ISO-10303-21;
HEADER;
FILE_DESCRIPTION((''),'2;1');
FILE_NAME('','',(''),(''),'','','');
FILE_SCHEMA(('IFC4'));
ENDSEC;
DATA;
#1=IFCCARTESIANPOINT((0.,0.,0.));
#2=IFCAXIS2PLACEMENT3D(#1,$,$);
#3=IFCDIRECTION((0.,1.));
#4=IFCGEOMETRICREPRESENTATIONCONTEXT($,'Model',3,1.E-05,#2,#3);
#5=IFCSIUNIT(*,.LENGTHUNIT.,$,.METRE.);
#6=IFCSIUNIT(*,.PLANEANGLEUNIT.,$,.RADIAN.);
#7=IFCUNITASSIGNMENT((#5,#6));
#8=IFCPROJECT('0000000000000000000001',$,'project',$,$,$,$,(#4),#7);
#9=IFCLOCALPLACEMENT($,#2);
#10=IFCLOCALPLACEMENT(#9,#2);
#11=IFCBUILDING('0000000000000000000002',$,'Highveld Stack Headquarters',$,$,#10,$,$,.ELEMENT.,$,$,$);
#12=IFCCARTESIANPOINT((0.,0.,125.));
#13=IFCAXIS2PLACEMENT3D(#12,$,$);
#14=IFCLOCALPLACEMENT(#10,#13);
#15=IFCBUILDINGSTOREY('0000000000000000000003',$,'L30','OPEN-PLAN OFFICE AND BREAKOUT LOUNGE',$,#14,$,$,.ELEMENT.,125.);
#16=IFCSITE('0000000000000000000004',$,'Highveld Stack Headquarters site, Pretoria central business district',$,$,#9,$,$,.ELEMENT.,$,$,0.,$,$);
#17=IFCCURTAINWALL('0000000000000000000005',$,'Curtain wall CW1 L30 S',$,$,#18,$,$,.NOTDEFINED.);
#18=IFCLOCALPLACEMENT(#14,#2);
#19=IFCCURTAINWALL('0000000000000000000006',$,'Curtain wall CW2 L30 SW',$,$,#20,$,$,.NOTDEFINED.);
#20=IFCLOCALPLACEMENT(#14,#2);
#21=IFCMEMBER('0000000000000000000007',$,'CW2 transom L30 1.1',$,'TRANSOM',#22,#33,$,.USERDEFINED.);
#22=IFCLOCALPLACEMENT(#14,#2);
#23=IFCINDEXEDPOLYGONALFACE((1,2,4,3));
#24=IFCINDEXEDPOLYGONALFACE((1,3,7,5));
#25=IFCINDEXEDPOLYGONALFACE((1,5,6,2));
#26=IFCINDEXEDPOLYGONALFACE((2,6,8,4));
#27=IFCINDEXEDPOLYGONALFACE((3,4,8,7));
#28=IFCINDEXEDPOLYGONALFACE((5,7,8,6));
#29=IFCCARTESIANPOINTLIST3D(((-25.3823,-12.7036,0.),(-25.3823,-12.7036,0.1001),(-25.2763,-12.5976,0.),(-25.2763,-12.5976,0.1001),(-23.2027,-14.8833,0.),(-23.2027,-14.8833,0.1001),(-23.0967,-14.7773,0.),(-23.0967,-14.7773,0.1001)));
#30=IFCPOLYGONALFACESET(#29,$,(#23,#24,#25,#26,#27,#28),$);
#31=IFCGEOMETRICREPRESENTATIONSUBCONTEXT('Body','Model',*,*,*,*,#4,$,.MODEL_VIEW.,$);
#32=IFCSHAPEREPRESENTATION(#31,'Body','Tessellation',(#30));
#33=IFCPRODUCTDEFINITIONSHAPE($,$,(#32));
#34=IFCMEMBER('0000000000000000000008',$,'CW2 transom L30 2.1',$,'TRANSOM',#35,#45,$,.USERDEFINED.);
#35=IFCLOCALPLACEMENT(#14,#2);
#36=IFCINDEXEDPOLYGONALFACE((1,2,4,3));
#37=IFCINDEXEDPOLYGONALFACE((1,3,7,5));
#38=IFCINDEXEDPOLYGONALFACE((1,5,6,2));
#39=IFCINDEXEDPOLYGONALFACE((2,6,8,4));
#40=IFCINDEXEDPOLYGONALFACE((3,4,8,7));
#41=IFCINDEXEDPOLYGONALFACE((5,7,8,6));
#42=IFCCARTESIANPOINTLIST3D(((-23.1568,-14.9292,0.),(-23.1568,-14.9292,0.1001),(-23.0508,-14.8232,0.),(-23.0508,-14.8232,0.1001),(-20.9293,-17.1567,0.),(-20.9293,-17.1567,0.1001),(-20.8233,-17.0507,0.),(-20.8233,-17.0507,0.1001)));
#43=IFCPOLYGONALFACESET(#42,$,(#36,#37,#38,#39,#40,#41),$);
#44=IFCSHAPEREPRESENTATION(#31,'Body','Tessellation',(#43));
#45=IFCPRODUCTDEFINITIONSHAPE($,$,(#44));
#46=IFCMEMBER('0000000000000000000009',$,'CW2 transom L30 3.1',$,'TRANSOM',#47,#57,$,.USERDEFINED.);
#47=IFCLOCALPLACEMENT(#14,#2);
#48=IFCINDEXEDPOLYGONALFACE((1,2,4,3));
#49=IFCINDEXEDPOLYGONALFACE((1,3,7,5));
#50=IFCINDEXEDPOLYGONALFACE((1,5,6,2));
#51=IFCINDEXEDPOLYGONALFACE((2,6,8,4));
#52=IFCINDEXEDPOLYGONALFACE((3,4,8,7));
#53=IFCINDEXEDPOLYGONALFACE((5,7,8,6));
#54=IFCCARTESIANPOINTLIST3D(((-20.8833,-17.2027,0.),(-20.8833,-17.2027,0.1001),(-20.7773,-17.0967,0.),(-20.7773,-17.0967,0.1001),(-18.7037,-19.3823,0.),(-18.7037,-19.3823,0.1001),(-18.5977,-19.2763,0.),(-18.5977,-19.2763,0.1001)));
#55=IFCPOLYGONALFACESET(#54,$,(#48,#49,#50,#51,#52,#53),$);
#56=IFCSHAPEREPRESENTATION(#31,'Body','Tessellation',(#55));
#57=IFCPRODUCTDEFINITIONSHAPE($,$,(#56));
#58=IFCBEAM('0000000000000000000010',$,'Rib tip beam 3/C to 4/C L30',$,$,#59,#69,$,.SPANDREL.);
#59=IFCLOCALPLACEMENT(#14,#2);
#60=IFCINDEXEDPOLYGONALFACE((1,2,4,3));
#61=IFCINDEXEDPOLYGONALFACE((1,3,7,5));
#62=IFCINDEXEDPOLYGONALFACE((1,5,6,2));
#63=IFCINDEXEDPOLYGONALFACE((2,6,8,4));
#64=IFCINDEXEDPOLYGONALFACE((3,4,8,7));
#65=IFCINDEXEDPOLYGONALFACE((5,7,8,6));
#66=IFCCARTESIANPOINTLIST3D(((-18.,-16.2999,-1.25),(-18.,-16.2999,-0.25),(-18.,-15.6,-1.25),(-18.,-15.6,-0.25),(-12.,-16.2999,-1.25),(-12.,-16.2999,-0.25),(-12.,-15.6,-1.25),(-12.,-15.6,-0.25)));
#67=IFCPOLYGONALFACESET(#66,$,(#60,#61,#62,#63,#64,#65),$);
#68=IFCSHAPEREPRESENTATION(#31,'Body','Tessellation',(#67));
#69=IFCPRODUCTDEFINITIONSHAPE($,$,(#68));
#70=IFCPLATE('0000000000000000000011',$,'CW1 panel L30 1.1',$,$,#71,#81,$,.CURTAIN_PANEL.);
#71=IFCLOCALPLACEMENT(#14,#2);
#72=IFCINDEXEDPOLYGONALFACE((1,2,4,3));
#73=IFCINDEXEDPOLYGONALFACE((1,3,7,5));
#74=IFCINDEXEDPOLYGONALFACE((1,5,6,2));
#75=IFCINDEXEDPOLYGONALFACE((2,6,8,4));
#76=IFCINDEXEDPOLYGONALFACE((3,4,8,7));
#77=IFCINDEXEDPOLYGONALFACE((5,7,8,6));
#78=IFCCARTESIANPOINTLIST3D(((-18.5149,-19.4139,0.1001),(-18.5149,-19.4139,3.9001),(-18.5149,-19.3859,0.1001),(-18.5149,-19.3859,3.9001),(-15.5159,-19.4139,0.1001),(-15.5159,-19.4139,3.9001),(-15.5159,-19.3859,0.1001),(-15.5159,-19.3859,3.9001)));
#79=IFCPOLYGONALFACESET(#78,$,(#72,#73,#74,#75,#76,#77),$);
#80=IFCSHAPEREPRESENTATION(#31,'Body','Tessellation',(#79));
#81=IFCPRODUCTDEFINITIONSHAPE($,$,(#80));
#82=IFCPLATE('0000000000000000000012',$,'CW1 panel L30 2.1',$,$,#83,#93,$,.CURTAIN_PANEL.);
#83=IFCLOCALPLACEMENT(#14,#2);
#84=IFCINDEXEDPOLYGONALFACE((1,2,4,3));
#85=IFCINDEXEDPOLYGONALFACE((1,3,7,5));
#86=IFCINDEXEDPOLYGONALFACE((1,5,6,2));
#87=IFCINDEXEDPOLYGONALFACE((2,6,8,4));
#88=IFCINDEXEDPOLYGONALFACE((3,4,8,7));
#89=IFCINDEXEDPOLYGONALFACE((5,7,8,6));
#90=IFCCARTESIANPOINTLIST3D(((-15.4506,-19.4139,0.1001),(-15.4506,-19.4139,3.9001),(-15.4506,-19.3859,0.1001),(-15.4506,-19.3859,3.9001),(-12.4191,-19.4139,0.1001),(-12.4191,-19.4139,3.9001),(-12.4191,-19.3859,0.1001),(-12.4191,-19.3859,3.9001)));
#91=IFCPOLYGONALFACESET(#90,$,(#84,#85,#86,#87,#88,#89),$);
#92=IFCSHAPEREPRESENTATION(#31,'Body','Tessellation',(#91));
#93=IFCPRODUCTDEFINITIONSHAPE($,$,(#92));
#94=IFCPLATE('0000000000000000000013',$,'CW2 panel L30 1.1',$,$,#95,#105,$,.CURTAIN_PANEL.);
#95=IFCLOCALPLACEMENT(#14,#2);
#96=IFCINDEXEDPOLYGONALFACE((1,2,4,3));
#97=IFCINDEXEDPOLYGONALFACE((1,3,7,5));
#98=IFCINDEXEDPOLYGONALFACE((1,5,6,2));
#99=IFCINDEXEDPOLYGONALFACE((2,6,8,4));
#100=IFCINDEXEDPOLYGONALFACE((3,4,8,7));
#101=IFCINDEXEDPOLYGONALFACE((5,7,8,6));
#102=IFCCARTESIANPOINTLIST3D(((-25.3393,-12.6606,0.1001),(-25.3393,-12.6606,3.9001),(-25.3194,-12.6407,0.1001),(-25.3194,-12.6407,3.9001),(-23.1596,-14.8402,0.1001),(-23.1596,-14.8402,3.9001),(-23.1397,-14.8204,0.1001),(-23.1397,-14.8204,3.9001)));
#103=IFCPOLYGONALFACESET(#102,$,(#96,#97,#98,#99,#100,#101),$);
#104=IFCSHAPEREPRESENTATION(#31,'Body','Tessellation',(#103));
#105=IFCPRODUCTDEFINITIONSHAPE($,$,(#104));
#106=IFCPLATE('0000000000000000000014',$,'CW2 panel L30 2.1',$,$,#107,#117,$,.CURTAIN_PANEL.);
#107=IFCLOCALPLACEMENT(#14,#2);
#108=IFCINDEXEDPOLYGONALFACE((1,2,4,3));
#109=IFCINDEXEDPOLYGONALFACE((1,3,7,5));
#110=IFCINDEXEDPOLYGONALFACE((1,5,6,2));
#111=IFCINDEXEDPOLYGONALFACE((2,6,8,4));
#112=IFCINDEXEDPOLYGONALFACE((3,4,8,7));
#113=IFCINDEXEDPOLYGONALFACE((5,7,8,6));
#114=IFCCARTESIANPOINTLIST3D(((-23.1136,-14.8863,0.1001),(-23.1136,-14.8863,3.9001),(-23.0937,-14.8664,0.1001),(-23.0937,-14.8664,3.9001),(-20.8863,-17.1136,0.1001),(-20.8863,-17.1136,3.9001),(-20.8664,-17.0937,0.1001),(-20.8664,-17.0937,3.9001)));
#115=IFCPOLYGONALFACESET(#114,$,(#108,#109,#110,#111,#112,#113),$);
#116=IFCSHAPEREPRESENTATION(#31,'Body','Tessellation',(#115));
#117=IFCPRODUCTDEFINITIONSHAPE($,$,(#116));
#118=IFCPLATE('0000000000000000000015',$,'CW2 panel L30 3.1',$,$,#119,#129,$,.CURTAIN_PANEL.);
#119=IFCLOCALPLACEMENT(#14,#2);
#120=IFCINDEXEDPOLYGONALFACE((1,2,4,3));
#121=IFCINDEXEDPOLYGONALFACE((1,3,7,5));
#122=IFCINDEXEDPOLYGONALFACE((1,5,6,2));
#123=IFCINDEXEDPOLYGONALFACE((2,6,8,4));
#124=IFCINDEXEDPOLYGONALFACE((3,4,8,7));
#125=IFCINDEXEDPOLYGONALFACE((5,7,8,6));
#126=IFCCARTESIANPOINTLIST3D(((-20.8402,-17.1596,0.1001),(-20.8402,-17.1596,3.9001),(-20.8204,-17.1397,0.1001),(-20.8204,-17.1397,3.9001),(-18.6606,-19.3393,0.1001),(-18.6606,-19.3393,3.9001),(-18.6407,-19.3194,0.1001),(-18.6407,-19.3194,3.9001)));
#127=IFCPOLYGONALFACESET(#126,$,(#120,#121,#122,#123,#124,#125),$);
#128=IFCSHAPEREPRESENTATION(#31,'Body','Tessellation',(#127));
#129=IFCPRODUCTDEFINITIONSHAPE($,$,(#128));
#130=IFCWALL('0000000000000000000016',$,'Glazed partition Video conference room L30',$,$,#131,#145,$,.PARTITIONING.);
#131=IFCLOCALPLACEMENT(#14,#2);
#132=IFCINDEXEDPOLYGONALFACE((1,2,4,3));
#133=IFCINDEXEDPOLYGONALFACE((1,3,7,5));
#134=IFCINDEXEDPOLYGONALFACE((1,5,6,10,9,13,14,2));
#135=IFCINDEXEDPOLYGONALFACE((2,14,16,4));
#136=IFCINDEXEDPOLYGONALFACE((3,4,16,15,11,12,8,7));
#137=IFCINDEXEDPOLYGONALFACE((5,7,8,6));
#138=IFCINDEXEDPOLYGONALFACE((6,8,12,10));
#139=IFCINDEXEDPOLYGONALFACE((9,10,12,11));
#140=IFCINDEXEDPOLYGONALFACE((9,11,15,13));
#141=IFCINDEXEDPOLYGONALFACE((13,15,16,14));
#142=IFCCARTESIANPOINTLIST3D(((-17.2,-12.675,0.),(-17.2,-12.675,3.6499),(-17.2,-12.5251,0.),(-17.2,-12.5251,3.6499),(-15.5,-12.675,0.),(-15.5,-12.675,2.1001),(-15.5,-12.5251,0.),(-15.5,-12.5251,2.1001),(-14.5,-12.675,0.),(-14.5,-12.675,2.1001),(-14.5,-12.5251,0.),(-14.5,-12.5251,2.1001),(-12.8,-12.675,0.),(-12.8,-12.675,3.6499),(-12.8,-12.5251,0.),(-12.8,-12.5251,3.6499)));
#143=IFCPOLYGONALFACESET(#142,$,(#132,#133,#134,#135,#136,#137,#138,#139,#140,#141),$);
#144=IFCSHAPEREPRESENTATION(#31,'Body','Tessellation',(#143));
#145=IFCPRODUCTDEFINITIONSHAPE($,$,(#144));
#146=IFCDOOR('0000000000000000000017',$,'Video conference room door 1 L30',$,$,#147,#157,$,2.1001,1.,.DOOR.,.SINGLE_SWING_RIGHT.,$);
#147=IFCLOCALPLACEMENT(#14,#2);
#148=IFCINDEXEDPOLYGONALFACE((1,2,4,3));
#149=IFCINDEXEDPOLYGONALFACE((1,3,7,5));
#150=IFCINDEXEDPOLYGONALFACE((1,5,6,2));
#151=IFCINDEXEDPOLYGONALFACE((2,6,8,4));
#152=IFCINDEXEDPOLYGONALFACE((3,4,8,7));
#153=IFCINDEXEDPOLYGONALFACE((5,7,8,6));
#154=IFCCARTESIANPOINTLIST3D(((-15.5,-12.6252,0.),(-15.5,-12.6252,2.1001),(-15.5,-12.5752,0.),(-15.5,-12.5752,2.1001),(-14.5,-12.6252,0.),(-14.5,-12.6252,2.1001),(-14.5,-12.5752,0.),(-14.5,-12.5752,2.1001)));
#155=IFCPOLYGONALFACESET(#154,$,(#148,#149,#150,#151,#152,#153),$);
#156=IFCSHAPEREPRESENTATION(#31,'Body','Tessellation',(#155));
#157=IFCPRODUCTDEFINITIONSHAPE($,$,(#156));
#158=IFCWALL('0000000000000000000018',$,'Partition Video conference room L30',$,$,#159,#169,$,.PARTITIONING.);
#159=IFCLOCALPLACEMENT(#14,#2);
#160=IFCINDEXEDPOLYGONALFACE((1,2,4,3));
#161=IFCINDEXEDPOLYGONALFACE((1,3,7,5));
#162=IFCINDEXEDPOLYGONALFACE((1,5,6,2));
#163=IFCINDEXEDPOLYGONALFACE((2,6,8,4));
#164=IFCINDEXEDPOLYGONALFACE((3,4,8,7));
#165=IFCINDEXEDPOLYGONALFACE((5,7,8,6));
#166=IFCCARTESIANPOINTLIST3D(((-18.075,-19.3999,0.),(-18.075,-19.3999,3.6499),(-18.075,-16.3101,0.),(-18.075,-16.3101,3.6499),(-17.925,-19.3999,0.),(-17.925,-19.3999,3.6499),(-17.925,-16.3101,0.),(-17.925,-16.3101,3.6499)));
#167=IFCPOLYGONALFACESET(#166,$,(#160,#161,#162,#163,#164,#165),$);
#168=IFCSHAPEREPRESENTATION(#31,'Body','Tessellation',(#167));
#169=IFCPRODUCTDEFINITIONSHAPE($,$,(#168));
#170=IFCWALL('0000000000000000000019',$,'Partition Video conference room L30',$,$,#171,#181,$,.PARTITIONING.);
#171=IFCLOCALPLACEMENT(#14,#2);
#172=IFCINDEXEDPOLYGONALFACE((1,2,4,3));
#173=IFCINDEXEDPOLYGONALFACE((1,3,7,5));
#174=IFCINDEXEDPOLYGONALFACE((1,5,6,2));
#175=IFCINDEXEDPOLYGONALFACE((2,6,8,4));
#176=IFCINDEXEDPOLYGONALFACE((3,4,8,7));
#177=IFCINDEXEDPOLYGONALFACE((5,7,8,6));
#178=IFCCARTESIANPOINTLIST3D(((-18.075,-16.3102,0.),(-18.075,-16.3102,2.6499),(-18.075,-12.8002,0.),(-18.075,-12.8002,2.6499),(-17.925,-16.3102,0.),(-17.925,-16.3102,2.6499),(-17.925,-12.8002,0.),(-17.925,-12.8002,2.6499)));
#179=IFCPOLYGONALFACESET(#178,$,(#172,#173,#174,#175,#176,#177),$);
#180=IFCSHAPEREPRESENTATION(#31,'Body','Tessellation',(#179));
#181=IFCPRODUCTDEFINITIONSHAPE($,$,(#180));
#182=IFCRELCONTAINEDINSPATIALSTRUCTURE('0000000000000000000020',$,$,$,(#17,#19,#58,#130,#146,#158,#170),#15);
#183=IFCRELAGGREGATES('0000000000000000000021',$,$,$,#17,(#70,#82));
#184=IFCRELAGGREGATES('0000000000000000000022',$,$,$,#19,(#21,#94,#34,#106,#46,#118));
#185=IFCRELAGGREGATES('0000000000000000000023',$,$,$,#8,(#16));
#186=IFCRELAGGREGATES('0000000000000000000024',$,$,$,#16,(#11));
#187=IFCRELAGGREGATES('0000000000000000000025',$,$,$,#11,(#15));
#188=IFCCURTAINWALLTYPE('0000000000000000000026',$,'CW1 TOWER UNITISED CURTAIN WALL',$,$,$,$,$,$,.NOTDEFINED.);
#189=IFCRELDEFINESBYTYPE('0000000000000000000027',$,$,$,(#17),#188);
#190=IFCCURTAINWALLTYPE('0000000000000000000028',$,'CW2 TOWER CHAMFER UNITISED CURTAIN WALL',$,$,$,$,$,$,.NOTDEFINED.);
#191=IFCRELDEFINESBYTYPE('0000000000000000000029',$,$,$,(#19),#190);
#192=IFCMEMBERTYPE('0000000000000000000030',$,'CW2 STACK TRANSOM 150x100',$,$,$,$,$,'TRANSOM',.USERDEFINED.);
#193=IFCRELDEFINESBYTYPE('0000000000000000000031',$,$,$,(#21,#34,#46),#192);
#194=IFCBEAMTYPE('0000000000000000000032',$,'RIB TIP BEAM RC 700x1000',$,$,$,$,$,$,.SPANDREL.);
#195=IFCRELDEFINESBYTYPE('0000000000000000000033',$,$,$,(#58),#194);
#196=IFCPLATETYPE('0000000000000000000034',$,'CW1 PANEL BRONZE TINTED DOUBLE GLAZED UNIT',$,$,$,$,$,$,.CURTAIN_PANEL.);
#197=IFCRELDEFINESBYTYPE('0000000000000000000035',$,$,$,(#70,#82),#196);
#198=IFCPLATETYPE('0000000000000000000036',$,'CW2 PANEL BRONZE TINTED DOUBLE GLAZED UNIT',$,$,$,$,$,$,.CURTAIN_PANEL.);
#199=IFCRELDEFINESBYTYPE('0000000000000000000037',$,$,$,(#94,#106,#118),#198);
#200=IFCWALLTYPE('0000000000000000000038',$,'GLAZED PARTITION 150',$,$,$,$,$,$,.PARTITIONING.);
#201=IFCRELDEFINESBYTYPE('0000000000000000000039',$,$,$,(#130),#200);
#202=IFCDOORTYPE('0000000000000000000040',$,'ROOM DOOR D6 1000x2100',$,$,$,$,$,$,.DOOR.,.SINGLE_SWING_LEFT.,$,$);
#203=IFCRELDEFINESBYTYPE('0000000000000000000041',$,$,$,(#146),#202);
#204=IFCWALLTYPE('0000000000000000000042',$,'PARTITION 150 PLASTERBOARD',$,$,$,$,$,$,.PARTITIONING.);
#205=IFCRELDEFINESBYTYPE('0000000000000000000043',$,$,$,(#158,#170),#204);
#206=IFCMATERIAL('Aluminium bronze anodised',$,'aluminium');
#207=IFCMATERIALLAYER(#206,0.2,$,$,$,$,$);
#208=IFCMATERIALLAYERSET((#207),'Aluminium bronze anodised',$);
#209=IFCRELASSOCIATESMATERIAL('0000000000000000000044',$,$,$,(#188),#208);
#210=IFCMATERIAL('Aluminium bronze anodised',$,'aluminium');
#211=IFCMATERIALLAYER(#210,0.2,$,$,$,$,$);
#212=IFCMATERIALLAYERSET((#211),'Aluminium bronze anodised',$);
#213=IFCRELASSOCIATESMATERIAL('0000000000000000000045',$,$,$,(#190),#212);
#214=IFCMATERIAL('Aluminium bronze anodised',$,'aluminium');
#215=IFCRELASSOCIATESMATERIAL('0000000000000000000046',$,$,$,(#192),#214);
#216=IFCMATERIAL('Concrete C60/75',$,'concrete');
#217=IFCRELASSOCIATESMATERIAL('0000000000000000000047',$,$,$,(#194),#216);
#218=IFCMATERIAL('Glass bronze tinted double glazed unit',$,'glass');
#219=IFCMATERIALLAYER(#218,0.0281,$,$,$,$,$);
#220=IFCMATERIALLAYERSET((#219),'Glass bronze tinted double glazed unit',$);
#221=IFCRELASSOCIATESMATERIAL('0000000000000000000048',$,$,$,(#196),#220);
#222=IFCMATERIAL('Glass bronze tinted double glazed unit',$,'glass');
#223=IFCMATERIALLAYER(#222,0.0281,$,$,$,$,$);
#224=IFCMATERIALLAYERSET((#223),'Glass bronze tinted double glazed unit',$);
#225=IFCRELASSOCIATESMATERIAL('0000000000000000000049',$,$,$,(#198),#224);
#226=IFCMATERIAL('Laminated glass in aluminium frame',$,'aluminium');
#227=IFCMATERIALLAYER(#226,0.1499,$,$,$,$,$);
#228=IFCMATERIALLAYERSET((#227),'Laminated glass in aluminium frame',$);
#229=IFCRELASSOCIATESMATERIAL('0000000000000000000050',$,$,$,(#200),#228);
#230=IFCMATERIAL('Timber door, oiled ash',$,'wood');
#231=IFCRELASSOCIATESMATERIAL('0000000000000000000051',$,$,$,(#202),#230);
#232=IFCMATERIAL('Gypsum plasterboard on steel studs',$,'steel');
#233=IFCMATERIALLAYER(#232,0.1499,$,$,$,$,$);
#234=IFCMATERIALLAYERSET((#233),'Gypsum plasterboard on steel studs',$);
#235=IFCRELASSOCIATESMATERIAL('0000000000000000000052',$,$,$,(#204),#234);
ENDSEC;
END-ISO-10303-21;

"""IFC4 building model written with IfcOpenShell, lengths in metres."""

from ifc_helpers import new_model, si_unit, direction, frame, frame_2d, origin, origin_2d, place, context, subcontext, project, spatial, rectangle, extrude, material, layer, layer_set, material_profile, profile_set, type_object, element, fill, aggregate, save


model = new_model("IFC4")

# Units and contexts
model_context = context("Model", 3, precision=1e-05, world=origin(), true_north=direction((0.0, 1.0)))
body_context = subcontext(model_context, "Body", "Model", "MODEL_VIEW")
ifc_project = project(units=[si_unit("LENGTHUNIT", "METRE"), si_unit("PLANEANGLEUNIT", "RADIAN")], contexts=[model_context])

# Site, building, storey
site_placement = place(None, origin())
site = spatial("IfcSite", under=ifc_project, at=site_placement, Name="Highveld Stack Headquarters site, Pretoria central business district", CompositionType="ELEMENT", RefElevation=0.0)
building_placement = place(site_placement, origin())
building = spatial("IfcBuilding", under=site, at=building_placement, Name="Highveld Stack Headquarters", CompositionType="ELEMENT")
storey_placement = place(building_placement, frame((0.0, 0.0, 125.0)))
storey = spatial("IfcBuildingStorey", under=building, at=storey_placement, Name="L30", Description="OPEN-PLAN OFFICE AND BREAKOUT LOUNGE", CompositionType="ELEMENT", Elevation=125.0)

# Curtain wall
ifc_material_1 = material(Name="Aluminium bronze anodised", Category="aluminium")
ifc_layer_1 = layer(ifc_material_1, 0.2)
ifc_layer_set_1 = layer_set([ifc_layer_1], Name="Aluminium bronze anodised")
curtain_wall_type_1 = type_object("IfcCurtainWallType", Name="CW1 TOWER UNITISED CURTAIN WALL", PredefinedType="NOTDEFINED", material=ifc_layer_set_1)
curtain_wall_1_placement = place(storey_placement, origin())
curtain_wall_1 = element("IfcCurtainWall", 1, at=curtain_wall_1_placement, inside=storey, type_object=curtain_wall_type_1, Name="Curtain wall CW1 L30 S", PredefinedType="NOTDEFINED")

# Curtain wall, members
ifc_material_2 = material(Name="Aluminium bronze anodised", Category="aluminium")
ifc_layer_2 = layer(ifc_material_2, 0.2)
ifc_layer_set_2 = layer_set([ifc_layer_2], Name="Aluminium bronze anodised")
curtain_wall_type_2 = type_object("IfcCurtainWallType", Name="CW2 TOWER CHAMFER UNITISED CURTAIN WALL", PredefinedType="NOTDEFINED", material=ifc_layer_set_2)
curtain_wall_2_placement = place(storey_placement, origin())
curtain_wall_2 = element("IfcCurtainWall", 2, at=curtain_wall_2_placement, inside=storey, type_object=curtain_wall_type_2, Name="Curtain wall CW2 L30 SW", PredefinedType="NOTDEFINED")
ifc_material_3 = material(Name="Aluminium bronze anodised", Category="aluminium")
ifc_material_profile_1 = material_profile(ifc_material_3, rectangle(XDim=0.1499, YDim=0.1001, at=origin_2d()), Name="CW2 TRANSOM 150x100")
ifc_profile_set_1 = profile_set([ifc_material_profile_1], Name="Aluminium bronze anodised")
member_type_1 = type_object("IfcMemberType", Name="CW2 STACK TRANSOM 150x100", ElementType="TRANSOM", PredefinedType="USERDEFINED", material=ifc_profile_set_1)
member_1_placement = place(storey_placement, frame((-25.3293, -12.6506, 0.05), z_axis=(0.707107, -0.707107, 0.0), x_axis=(0.707107, 0.707107, 0.0)))
member_1 = element("IfcMember", 3, at=member_1_placement, type_object=member_type_1, Name="CW2 transom L30 1.1", ObjectType="TRANSOM", PredefinedType="USERDEFINED", context=body_context, shape_type="SweptSolid", body=[
    extrude(rectangle(XDim=0.1499, YDim=0.1001, at=origin_2d()), origin(), (0.0, 0.0, 1.0), 3.0825),
])
member_2_placement = place(storey_placement, frame((-23.1038, -14.8762, 0.05), z_axis=(0.707107, -0.707107, 0.0), x_axis=(0.707107, 0.707107, 0.0)))
member_2 = element("IfcMember", 4, at=member_2_placement, type_object=member_type_1, Name="CW2 transom L30 2.1", ObjectType="TRANSOM", PredefinedType="USERDEFINED", context=body_context, shape_type="SweptSolid", body=[
    extrude(rectangle(XDim=0.1499, YDim=0.1001, at=origin_2d()), origin(), (0.0, 0.0, 1.0), 3.1501),
])
member_3_placement = place(storey_placement, frame((-20.8303, -17.1497, 0.05), z_axis=(0.707107, -0.707107, 0.0), x_axis=(0.707107, 0.707107, 0.0)))
member_3 = element("IfcMember", 5, at=member_3_placement, type_object=member_type_1, Name="CW2 transom L30 3.1", ObjectType="TRANSOM", PredefinedType="USERDEFINED", context=body_context, shape_type="SweptSolid", body=[
    extrude(rectangle(XDim=0.1499, YDim=0.1001, at=origin_2d()), origin(), (0.0, 0.0, 1.0), 3.0825),
])

# Beam
ifc_material_4 = material(Name="Concrete C60/75", Category="concrete")
ifc_material_profile_2 = material_profile(ifc_material_4, rectangle(XDim=0.7, YDim=1.0, at=origin_2d()), Name="RC 700x1000")
ifc_profile_set_2 = profile_set([ifc_material_profile_2], Name="Concrete C60/75")
beam_type = type_object("IfcBeamType", Name="RIB TIP BEAM RC 700x1000", PredefinedType="SPANDREL", material=ifc_profile_set_2)
beam_placement = place(storey_placement, frame((-18.0, -15.95, -0.75), z_axis=(1.0, 0.0, 0.0), x_axis=(0.0, 1.0, 0.0)))
element("IfcBeam", 6, at=beam_placement, inside=storey, type_object=beam_type, Name="Rib tip beam 3/C to 4/C L30", PredefinedType="SPANDREL", context=body_context, shape_type="SweptSolid", body=[
    extrude(rectangle(XDim=0.7, YDim=1.0, at=origin_2d()), origin(), (0.0, 0.0, 1.0), 6.0),
])

# Plates
ifc_material_5 = material(Name="Glass bronze tinted double glazed unit", Category="glass")
ifc_layer_3 = layer(ifc_material_5, 0.0281)
ifc_layer_set_3 = layer_set([ifc_layer_3], Name="Glass bronze tinted double glazed unit")
plate_type_1 = type_object("IfcPlateType", Name="CW1 PANEL BRONZE TINTED DOUBLE GLAZED UNIT", PredefinedType="CURTAIN_PANEL", material=ifc_layer_set_3)
plate_1_placement = place(storey_placement, frame((-17.0154, -19.3999, 0.1001), z_axis=(0.0, 0.0, 1.0), x_axis=(1.0, 0.0, 0.0)))
plate_1 = element("IfcPlate", 7, at=plate_1_placement, type_object=plate_type_1, Name="CW1 panel L30 1.1", PredefinedType="CURTAIN_PANEL", context=body_context, shape_type="SweptSolid", body=[
    extrude(rectangle(XDim=2.999, YDim=0.0281, at=origin_2d()), origin(), (0.0, 0.0, 1.0), 3.8),
])
plate_2_placement = place(storey_placement, frame((-13.9348, -19.3999, 0.1001), z_axis=(0.0, 0.0, 1.0), x_axis=(1.0, 0.0, 0.0)))
plate_2 = element("IfcPlate", 8, at=plate_2_placement, type_object=plate_type_1, Name="CW1 panel L30 2.1", PredefinedType="CURTAIN_PANEL", context=body_context, shape_type="SweptSolid", body=[
    extrude(rectangle(XDim=3.0315, YDim=0.0281, at=origin_2d()), origin(), (0.0, 0.0, 1.0), 3.8),
])
aggregate(curtain_wall_1, [plate_1, plate_2])
ifc_material_6 = material(Name="Glass bronze tinted double glazed unit", Category="glass")
ifc_layer_4 = layer(ifc_material_6, 0.0281)
ifc_layer_set_4 = layer_set([ifc_layer_4], Name="Glass bronze tinted double glazed unit")
plate_type_2 = type_object("IfcPlateType", Name="CW2 PANEL BRONZE TINTED DOUBLE GLAZED UNIT", PredefinedType="CURTAIN_PANEL", material=ifc_layer_set_4)
plate_3_placement = place(storey_placement, frame((-24.2395, -13.7405, 0.1001), z_axis=(0.0, 0.0, 1.0), x_axis=(0.707107, -0.707107, 0.0)))
plate_3 = element("IfcPlate", 9, at=plate_3_placement, type_object=plate_type_2, Name="CW2 panel L30 1.1", PredefinedType="CURTAIN_PANEL", context=body_context, shape_type="SweptSolid", body=[
    extrude(rectangle(XDim=3.0825, YDim=0.0281, at=origin_2d()), origin(), (0.0, 0.0, 1.0), 3.8),
])
plate_4_placement = place(storey_placement, frame((-21.99, -15.99, 0.1001), z_axis=(0.0, 0.0, 1.0), x_axis=(0.707107, -0.707107, 0.0)))
plate_4 = element("IfcPlate", 10, at=plate_4_placement, type_object=plate_type_2, Name="CW2 panel L30 2.1", PredefinedType="CURTAIN_PANEL", context=body_context, shape_type="SweptSolid", body=[
    extrude(rectangle(XDim=3.1499, YDim=0.0281, at=origin_2d()), origin(), (0.0, 0.0, 1.0), 3.8),
])
plate_5_placement = place(storey_placement, frame((-19.7405, -18.2395, 0.1001), z_axis=(0.0, 0.0, 1.0), x_axis=(0.707107, -0.707107, 0.0)))
plate_5 = element("IfcPlate", 11, at=plate_5_placement, type_object=plate_type_2, Name="CW2 panel L30 3.1", PredefinedType="CURTAIN_PANEL", context=body_context, shape_type="SweptSolid", body=[
    extrude(rectangle(XDim=3.0825, YDim=0.0281, at=origin_2d()), origin(), (0.0, 0.0, 1.0), 3.8),
])
aggregate(curtain_wall_2, [member_1, plate_3, member_2, plate_4, member_3, plate_5])

# Wall, opening, door
ifc_material_7 = material(Name="Laminated glass in aluminium frame", Category="aluminium")
ifc_layer_5 = layer(ifc_material_7, 0.1499)
ifc_layer_set_5 = layer_set([ifc_layer_5], Name="Laminated glass in aluminium frame")
wall_type_1 = type_object("IfcWallType", Name="GLAZED PARTITION 150", PredefinedType="PARTITIONING", material=ifc_layer_set_5)
wall_1_placement = place(storey_placement, frame((-17.2, -12.6001, 0.0), z_axis=(0.0, 0.0, 1.0), x_axis=(1.0, 0.0, 0.0)))
wall_1 = element("IfcWall", 12, at=wall_1_placement, inside=storey, type_object=wall_type_1, Name="Glazed partition Video conference room L30", PredefinedType="PARTITIONING", context=body_context, shape_type="SweptSolid", body=[
    extrude(rectangle(XDim=4.3999, YDim=0.1499, at=frame_2d((2.2, 0.0))), origin(), (0.0, 0.0, 1.0), 3.6499),
])
opening_placement = place(wall_1_placement, frame((1.7, 0.0, 0.0)))
opening = element("IfcOpeningElement", 13, at=opening_placement, cuts=wall_1, PredefinedType="OPENING", context=body_context, shape_type="SweptSolid", body=[
    extrude(rectangle(XDim=1.0, YDim=2.1001, at=frame_2d((0.5, 1.05))), frame((0.0, 0.085, 0.0), z_axis=(0.0, -1.0, 0.0), x_axis=(1.0, 0.0, 0.0)), (0.0, 0.0, 1.0), 0.1699),
])
ifc_material_8 = material(Name="Timber door, oiled ash", Category="wood")
door_type = type_object("IfcDoorType", Name="ROOM DOOR D6 1000x2100", OperationType="SINGLE_SWING_LEFT", PredefinedType="DOOR", material=ifc_material_8)
door_placement = place(opening_placement, origin())
door = element("IfcDoor", 14, at=door_placement, inside=storey, type_object=door_type, Name="Video conference room door 1 L30", OperationType="SINGLE_SWING_RIGHT", OverallHeight=2.1001, OverallWidth=1.0, PredefinedType="DOOR", context=body_context, shape_type="SweptSolid", body=[
    extrude(rectangle(XDim=1.0, YDim=2.1001, at=frame_2d((0.5, 1.05))), frame((0.0, 0.0249, 0.0), z_axis=(0.0, -1.0, 0.0), x_axis=(1.0, 0.0, 0.0)), (0.0, 0.0, 1.0), 0.05),
])
fill(opening, door)

# Walls
ifc_material_9 = material(Name="Gypsum plasterboard on steel studs", Category="steel")
ifc_layer_6 = layer(ifc_material_9, 0.1499)
ifc_layer_set_6 = layer_set([ifc_layer_6], Name="Gypsum plasterboard on steel studs")
wall_type_2 = type_object("IfcWallType", Name="PARTITION 150 PLASTERBOARD", PredefinedType="PARTITIONING", material=ifc_layer_set_6)
wall_2_placement = place(storey_placement, frame((-18.0, -19.3999, 0.0), z_axis=(0.0, 0.0, 1.0), x_axis=(0.0, 1.0, 0.0)))
element("IfcWall", 15, at=wall_2_placement, inside=storey, type_object=wall_type_2, Name="Partition Video conference room L30", PredefinedType="PARTITIONING", context=body_context, shape_type="SweptSolid", body=[
    extrude(rectangle(XDim=3.0898, YDim=0.1499, at=frame_2d((1.5449, 0.0))), origin(), (0.0, 0.0, 1.0), 3.6499),
])
wall_3_placement = place(storey_placement, frame((-18.0, -16.3101, 0.0), z_axis=(0.0, 0.0, 1.0), x_axis=(0.0, 1.0, 0.0)))
element("IfcWall", 16, at=wall_3_placement, inside=storey, type_object=wall_type_2, Name="Partition Video conference room L30", PredefinedType="PARTITIONING", context=body_context, shape_type="SweptSolid", body=[
    extrude(rectangle(XDim=3.51, YDim=0.1499, at=frame_2d((1.7549, 0.0))), origin(), (0.0, 0.0, 1.0), 2.6499),
])

save(model, "model.ifc")
